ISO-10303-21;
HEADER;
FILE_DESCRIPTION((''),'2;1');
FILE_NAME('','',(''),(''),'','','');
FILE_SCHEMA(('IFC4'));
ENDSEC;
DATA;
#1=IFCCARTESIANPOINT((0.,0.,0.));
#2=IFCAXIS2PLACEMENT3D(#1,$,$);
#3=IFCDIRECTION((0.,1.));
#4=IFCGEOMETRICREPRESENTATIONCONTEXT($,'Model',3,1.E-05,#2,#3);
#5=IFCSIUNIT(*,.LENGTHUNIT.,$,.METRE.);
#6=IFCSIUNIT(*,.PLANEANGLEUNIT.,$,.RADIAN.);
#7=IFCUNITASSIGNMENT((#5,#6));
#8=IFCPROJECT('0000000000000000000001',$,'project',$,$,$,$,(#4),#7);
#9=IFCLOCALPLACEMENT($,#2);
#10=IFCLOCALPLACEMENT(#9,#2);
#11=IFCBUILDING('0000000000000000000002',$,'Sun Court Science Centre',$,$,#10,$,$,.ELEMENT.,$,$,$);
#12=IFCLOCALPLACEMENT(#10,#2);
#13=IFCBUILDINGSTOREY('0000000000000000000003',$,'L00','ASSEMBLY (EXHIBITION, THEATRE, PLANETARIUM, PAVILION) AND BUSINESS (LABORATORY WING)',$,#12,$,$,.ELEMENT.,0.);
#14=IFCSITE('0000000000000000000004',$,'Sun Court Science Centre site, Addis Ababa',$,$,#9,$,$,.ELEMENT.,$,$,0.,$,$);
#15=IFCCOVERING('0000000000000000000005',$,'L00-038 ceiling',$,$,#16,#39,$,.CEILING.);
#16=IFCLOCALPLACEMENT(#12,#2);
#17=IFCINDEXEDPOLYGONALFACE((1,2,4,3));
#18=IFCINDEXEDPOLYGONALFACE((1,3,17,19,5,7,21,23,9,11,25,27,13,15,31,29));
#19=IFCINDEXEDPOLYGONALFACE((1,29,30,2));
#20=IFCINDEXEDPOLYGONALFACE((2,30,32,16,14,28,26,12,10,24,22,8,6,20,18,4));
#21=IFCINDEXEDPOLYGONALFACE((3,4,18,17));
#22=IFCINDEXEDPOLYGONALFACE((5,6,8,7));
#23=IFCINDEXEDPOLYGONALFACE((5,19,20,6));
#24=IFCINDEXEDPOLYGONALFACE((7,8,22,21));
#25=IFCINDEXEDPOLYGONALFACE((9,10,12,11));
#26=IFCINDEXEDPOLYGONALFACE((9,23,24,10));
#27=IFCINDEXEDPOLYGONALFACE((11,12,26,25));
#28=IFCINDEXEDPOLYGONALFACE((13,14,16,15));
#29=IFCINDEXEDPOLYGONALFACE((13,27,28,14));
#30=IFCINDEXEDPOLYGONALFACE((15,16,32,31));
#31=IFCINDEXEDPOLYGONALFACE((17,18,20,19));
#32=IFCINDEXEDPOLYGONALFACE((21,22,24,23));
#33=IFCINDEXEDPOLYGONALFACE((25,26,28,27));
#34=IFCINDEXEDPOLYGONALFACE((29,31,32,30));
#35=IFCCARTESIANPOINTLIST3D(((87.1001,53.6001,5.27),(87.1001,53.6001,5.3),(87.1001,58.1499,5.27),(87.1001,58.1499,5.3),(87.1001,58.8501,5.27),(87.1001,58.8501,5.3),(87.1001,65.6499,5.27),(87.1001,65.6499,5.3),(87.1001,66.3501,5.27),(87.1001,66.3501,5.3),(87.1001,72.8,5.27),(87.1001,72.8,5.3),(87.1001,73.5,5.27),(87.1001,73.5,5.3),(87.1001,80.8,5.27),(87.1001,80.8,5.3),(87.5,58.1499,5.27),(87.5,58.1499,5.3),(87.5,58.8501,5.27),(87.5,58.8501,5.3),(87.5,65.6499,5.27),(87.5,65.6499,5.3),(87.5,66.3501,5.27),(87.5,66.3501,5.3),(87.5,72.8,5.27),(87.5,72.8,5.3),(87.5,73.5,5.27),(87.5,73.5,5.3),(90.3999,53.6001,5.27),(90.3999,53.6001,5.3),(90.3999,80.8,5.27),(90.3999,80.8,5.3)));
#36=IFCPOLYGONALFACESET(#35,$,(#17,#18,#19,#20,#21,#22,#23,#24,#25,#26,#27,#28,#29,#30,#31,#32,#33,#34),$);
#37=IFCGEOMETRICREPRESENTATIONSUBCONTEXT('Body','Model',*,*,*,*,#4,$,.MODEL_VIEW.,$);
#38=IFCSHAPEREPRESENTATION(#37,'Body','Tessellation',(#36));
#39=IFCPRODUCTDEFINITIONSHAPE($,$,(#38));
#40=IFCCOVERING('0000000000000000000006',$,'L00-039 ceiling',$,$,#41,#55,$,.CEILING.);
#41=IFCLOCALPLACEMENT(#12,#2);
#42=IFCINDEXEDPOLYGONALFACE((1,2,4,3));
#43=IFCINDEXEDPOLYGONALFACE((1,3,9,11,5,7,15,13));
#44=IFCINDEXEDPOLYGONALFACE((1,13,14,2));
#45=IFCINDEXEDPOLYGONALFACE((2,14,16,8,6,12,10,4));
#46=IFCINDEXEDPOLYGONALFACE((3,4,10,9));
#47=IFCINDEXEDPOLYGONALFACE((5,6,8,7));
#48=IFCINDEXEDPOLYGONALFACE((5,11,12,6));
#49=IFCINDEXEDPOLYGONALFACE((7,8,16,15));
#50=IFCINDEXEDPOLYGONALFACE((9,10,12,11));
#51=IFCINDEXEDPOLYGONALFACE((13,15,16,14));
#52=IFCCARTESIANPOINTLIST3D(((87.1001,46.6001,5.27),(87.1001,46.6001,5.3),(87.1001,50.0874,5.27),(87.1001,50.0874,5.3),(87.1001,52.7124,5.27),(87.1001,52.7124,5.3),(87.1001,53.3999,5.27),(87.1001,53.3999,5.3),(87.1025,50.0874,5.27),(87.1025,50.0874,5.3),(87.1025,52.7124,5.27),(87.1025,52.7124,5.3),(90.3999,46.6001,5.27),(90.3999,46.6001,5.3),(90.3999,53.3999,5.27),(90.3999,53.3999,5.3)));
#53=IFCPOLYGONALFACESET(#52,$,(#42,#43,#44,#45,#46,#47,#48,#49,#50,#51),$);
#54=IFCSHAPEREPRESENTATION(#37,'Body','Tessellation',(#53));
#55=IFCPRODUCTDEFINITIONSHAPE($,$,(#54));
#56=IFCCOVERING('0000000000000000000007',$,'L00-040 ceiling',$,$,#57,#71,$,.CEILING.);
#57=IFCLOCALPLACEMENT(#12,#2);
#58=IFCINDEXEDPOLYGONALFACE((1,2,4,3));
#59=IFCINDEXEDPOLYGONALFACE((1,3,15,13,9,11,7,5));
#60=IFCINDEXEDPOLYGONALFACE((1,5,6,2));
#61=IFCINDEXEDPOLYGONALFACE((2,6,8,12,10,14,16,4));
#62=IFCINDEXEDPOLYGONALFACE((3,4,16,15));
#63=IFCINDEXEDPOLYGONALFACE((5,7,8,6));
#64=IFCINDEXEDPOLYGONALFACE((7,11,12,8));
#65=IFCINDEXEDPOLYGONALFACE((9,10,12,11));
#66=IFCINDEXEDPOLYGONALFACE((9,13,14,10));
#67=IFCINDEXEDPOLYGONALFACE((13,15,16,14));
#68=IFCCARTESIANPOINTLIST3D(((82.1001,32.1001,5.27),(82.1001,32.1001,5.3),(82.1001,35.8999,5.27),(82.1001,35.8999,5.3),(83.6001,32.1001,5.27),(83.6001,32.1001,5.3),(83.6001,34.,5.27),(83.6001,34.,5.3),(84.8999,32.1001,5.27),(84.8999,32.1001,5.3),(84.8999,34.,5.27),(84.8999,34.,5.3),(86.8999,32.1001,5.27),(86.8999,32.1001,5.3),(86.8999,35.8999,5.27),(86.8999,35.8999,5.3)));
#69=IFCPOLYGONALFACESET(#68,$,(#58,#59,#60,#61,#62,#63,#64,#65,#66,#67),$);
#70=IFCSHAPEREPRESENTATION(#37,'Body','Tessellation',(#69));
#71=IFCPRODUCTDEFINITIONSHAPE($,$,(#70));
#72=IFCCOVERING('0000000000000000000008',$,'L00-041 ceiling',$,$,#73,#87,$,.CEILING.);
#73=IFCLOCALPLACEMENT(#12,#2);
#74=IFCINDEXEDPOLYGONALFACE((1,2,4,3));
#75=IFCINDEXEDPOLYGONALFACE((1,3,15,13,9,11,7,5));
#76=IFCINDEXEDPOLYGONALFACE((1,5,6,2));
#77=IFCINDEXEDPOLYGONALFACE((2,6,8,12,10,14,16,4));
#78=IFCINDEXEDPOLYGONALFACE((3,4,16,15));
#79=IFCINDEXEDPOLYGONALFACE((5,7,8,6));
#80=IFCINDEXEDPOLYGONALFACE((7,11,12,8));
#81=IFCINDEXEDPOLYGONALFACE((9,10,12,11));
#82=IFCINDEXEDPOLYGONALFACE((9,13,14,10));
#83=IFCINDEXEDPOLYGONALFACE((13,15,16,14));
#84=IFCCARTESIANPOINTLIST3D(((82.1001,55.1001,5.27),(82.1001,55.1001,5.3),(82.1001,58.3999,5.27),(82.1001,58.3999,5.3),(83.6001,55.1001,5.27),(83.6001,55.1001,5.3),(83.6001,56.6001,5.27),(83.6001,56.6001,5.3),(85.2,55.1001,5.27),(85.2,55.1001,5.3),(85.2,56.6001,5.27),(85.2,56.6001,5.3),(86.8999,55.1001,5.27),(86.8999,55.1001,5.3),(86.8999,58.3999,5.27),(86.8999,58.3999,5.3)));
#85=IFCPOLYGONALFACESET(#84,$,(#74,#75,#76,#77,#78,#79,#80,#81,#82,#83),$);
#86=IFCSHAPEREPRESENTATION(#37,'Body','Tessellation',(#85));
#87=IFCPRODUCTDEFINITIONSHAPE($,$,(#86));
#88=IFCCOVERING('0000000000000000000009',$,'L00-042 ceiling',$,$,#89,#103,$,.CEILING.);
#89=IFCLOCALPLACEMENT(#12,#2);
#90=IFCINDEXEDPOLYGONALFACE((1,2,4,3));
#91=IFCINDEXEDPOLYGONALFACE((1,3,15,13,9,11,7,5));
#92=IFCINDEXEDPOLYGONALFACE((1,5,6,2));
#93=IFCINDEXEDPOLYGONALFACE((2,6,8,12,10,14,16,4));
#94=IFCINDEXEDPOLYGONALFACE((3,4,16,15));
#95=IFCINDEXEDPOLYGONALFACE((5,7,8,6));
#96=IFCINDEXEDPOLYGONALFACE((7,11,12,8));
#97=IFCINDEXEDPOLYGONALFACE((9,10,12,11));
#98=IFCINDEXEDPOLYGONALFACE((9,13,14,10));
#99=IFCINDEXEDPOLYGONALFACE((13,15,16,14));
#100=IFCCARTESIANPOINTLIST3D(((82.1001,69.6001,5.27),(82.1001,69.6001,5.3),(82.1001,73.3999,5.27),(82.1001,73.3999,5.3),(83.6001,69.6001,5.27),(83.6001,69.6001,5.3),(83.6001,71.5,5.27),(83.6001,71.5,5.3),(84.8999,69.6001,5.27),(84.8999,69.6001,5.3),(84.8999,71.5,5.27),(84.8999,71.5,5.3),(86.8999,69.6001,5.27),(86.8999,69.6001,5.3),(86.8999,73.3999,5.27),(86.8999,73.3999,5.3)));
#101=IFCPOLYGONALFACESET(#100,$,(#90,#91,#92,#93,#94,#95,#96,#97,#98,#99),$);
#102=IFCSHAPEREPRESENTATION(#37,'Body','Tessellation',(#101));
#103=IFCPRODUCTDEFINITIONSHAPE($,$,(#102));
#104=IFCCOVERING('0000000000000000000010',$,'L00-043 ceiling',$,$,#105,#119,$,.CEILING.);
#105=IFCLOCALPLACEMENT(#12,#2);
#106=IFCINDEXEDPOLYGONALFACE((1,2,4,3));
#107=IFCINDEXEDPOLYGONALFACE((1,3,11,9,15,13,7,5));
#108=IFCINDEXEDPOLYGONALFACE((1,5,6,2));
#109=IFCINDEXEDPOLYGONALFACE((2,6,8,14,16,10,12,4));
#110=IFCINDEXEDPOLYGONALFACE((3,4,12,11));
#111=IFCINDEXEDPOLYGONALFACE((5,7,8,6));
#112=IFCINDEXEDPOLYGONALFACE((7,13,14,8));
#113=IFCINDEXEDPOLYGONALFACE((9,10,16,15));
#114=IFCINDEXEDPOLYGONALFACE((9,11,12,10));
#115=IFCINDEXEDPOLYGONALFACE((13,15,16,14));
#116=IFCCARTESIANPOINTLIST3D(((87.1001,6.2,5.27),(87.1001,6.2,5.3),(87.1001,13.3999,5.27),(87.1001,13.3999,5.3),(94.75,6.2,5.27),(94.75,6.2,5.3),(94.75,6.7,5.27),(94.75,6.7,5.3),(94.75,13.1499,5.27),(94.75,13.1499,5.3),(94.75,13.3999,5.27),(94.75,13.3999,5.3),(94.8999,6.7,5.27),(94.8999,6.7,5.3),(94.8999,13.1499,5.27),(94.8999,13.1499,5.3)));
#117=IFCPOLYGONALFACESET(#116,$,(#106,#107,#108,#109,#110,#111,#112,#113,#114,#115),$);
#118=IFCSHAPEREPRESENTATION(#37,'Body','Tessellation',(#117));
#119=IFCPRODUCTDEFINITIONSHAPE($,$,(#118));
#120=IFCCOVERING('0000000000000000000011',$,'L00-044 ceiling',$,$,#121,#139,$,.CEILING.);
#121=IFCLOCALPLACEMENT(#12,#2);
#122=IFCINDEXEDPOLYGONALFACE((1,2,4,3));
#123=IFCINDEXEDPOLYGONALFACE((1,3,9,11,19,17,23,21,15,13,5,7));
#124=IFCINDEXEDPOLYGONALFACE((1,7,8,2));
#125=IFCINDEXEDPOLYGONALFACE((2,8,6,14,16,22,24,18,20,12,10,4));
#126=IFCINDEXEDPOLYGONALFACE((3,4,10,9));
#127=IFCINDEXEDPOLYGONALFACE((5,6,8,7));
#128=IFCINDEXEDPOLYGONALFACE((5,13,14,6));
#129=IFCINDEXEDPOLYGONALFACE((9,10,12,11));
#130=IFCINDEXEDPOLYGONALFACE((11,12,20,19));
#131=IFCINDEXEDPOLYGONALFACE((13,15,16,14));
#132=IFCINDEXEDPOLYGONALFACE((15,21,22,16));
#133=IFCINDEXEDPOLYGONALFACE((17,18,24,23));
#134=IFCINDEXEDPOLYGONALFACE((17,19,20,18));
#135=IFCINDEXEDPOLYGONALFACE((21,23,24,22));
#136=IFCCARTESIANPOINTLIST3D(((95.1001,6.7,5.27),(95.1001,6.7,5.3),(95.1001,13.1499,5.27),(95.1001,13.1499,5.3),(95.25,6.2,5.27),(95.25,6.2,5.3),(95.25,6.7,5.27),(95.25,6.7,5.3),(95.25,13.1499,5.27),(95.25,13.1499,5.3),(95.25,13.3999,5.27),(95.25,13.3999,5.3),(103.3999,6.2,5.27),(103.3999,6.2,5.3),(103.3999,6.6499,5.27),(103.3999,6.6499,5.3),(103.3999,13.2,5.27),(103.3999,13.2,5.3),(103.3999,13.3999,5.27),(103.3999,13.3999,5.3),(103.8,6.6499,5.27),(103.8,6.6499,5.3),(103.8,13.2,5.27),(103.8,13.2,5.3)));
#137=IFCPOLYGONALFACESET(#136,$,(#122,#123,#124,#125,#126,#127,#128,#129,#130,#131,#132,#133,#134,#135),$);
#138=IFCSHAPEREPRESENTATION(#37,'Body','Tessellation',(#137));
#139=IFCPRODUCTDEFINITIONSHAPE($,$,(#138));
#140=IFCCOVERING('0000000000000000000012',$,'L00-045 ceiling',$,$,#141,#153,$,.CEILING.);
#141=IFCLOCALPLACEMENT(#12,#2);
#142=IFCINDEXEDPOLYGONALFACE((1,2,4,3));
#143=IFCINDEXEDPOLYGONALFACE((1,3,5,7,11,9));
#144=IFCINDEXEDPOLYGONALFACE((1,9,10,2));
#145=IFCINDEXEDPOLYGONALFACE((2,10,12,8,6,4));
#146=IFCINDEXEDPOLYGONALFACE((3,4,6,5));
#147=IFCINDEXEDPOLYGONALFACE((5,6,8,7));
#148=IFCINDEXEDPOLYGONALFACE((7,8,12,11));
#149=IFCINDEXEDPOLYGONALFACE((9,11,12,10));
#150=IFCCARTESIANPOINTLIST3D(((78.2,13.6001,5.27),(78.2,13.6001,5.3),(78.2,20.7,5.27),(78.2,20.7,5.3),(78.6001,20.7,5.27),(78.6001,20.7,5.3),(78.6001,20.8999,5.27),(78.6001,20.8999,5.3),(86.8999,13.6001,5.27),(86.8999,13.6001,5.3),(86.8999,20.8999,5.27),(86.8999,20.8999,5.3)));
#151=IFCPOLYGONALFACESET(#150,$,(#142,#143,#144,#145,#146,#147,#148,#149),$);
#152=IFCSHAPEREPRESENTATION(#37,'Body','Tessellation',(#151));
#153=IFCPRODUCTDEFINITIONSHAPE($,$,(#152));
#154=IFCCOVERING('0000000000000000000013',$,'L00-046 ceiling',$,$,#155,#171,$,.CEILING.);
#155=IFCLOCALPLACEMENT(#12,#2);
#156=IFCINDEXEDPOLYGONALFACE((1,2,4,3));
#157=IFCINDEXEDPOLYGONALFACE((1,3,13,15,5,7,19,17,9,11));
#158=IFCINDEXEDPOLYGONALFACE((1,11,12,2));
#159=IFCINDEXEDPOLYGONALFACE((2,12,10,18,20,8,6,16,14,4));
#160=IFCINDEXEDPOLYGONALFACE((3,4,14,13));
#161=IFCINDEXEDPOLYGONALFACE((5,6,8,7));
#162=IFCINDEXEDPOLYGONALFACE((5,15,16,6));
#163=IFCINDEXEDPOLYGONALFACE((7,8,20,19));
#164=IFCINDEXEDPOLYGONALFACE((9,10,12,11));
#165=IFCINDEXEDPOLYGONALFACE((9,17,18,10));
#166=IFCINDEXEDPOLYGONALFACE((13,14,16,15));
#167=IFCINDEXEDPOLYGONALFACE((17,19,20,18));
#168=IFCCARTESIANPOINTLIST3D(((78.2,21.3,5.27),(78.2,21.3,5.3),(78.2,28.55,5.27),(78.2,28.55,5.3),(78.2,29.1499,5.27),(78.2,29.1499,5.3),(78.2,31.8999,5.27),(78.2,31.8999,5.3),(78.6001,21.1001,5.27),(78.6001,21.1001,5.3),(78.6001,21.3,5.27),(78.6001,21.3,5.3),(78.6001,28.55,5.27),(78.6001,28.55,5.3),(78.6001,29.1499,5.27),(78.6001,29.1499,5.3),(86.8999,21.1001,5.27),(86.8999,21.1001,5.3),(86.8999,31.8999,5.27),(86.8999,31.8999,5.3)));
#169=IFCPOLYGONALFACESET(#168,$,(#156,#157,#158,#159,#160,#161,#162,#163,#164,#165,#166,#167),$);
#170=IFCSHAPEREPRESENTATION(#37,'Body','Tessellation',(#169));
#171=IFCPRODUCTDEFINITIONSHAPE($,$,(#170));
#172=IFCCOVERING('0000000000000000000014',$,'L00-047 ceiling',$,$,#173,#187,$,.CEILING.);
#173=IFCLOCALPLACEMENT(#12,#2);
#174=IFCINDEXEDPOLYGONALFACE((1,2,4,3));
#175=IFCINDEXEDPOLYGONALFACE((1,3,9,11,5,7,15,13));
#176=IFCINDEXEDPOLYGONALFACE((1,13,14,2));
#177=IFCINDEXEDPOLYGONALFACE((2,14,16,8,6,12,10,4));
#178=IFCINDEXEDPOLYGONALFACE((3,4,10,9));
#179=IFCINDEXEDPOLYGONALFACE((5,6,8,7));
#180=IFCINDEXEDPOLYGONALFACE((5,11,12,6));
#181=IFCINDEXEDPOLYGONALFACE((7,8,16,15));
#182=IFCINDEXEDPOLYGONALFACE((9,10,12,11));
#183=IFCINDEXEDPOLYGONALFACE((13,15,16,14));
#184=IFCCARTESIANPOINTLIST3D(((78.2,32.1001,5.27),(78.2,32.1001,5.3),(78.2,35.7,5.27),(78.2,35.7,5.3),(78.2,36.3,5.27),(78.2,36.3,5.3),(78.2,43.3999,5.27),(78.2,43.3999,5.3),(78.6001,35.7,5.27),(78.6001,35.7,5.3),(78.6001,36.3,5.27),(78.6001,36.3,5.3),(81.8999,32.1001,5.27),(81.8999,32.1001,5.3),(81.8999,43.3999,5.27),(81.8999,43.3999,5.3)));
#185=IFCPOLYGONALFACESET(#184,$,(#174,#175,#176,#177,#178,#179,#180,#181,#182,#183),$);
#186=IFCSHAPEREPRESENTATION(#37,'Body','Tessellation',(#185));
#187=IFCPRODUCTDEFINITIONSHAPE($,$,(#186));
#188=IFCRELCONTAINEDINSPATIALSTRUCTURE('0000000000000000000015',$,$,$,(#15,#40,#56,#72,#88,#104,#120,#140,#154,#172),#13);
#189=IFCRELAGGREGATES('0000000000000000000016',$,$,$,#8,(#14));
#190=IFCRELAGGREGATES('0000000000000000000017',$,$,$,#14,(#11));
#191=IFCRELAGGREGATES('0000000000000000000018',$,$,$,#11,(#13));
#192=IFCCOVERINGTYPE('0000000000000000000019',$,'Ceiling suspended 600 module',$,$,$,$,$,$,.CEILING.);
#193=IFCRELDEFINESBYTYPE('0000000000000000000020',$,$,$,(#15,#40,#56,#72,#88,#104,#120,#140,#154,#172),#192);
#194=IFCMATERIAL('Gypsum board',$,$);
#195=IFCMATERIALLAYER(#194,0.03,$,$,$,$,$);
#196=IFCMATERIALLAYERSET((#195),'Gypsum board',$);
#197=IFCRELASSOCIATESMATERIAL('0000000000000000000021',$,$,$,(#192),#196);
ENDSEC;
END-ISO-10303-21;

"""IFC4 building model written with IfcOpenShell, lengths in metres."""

from ifc_helpers import new_model, si_unit, direction, frame, origin, place, context, subcontext, project, spatial, polyline, outline, extrude, material, layer, layer_set, type_object, element, save


model = new_model("IFC4")

# Units and contexts
model_context = context("Model", 3, precision=1e-05, world=origin(), true_north=direction((0.0, 1.0)))
body_context = subcontext(model_context, "Body", "Model", "MODEL_VIEW")
ifc_project = project(units=[si_unit("LENGTHUNIT", "METRE"), si_unit("PLANEANGLEUNIT", "RADIAN")], contexts=[model_context])

# Site, building, storey
site_placement = place(None, origin())
site = spatial("IfcSite", under=ifc_project, at=site_placement, Name="Sun Court Science Centre site, Addis Ababa", CompositionType="ELEMENT", RefElevation=0.0)
building_placement = place(site_placement, origin())
building = spatial("IfcBuilding", under=site, at=building_placement, Name="Sun Court Science Centre", CompositionType="ELEMENT")
storey_placement = place(building_placement, origin())
storey = spatial("IfcBuildingStorey", under=building, at=storey_placement, Name="L00", Description="ASSEMBLY (EXHIBITION, THEATRE, PLANETARIUM, PAVILION) AND BUSINESS (LABORATORY WING)", CompositionType="ELEMENT", Elevation=0.0)

# Coverings
ifc_material_1 = material(Name="Gypsum board")
ifc_layer_1 = layer(ifc_material_1, 0.03)
ifc_layer_set_1 = layer_set([ifc_layer_1], Name="Gypsum board")
covering_type_1 = type_object("IfcCoveringType", Name="Ceiling suspended 600 module", PredefinedType="CEILING", material=ifc_layer_set_1)
covering_1_placement = place(storey_placement, frame((0.0, 0.0, 5.27)))
element("IfcCovering", 1, at=covering_1_placement, inside=storey, type_object=covering_type_1, Name="L00-038 ceiling", PredefinedType="CEILING", context=body_context, shape_type="SweptSolid", body=[
    extrude(outline(polyline([(90.3999, 80.8), (90.3999, 53.6001), (87.1001, 53.6001), (87.1001, 58.1499), (87.5, 58.1499), (87.5, 58.8501), (87.1001, 58.8501), (87.1001, 65.6499), (87.5, 65.6499), (87.5, 66.3501), (87.1001, 66.3501), (87.1001, 72.8), (87.5, 72.8), (87.5, 73.5), (87.1001, 73.5), (87.1001, 80.8), (90.3999, 80.8)])), origin(), (0.0, 0.0, 1.0), 0.03),
])
covering_2_placement = place(storey_placement, frame((0.0, 0.0, 5.27)))
element("IfcCovering", 2, at=covering_2_placement, inside=storey, type_object=covering_type_1, Name="L00-039 ceiling", PredefinedType="CEILING", context=body_context, shape_type="SweptSolid", body=[
    extrude(outline(polyline([(87.1001, 53.3999), (90.3999, 53.3999), (90.3999, 46.6001), (87.1001, 46.6001), (87.1001, 50.0874), (87.1025, 50.0874), (87.1025, 52.7124), (87.1001, 52.7124), (87.1001, 53.3999)])), origin(), (0.0, 0.0, 1.0), 0.03),
])
covering_3_placement = place(storey_placement, frame((0.0, 0.0, 5.27)))
element("IfcCovering", 3, at=covering_3_placement, inside=storey, type_object=covering_type_1, Name="L00-040 ceiling", PredefinedType="CEILING", context=body_context, shape_type="SweptSolid", body=[
    extrude(outline(polyline([(84.8999, 34.0), (83.6001, 34.0), (83.6001, 32.1001), (82.1001, 32.1001), (82.1001, 35.8999), (86.8999, 35.8999), (86.8999, 32.1001), (84.8999, 32.1001), (84.8999, 34.0)])), origin(), (0.0, 0.0, 1.0), 0.03),
])
covering_4_placement = place(storey_placement, frame((0.0, 0.0, 5.27)))
element("IfcCovering", 4, at=covering_4_placement, inside=storey, type_object=covering_type_1, Name="L00-041 ceiling", PredefinedType="CEILING", context=body_context, shape_type="SweptSolid", body=[
    extrude(outline(polyline([(85.2, 56.6001), (83.6001, 56.6001), (83.6001, 55.1001), (82.1001, 55.1001), (82.1001, 58.3999), (86.8999, 58.3999), (86.8999, 55.1001), (85.2, 55.1001), (85.2, 56.6001)])), origin(), (0.0, 0.0, 1.0), 0.03),
])
covering_5_placement = place(storey_placement, frame((0.0, 0.0, 5.27)))
element("IfcCovering", 5, at=covering_5_placement, inside=storey, type_object=covering_type_1, Name="L00-042 ceiling", PredefinedType="CEILING", context=body_context, shape_type="SweptSolid", body=[
    extrude(outline(polyline([(84.8999, 71.5), (83.6001, 71.5), (83.6001, 69.6001), (82.1001, 69.6001), (82.1001, 73.3999), (86.8999, 73.3999), (86.8999, 69.6001), (84.8999, 69.6001), (84.8999, 71.5)])), origin(), (0.0, 0.0, 1.0), 0.03),
])
covering_6_placement = place(storey_placement, frame((0.0, 0.0, 5.27)))
element("IfcCovering", 6, at=covering_6_placement, inside=storey, type_object=covering_type_1, Name="L00-043 ceiling", PredefinedType="CEILING", context=body_context, shape_type="SweptSolid", body=[
    extrude(outline(polyline([(87.1001, 6.2), (87.1001, 13.3999), (94.75, 13.3999), (94.75, 13.1499), (94.8999, 13.1499), (94.8999, 6.7), (94.75, 6.7), (94.75, 6.2), (87.1001, 6.2)])), origin(), (0.0, 0.0, 1.0), 0.03),
])
covering_7_placement = place(storey_placement, frame((0.0, 0.0, 5.27)))
element("IfcCovering", 7, at=covering_7_placement, inside=storey, type_object=covering_type_1, Name="L00-044 ceiling", PredefinedType="CEILING", context=body_context, shape_type="SweptSolid", body=[
    extrude(outline(polyline([(103.3999, 6.2), (95.25, 6.2), (95.25, 6.7), (95.1001, 6.7), (95.1001, 13.1499), (95.25, 13.1499), (95.25, 13.3999), (103.3999, 13.3999), (103.3999, 13.2), (103.8, 13.2), (103.8, 6.6499), (103.3999, 6.6499), (103.3999, 6.2)])), origin(), (0.0, 0.0, 1.0), 0.03),
])
covering_8_placement = place(storey_placement, frame((0.0, 0.0, 5.27)))
element("IfcCovering", 8, at=covering_8_placement, inside=storey, type_object=covering_type_1, Name="L00-045 ceiling", PredefinedType="CEILING", context=body_context, shape_type="SweptSolid", body=[
    extrude(outline(polyline([(78.6001, 20.8999), (86.8999, 20.8999), (86.8999, 13.6001), (78.2, 13.6001), (78.2, 20.7), (78.6001, 20.7), (78.6001, 20.8999)])), origin(), (0.0, 0.0, 1.0), 0.03),
])
covering_9_placement = place(storey_placement, frame((0.0, 0.0, 5.27)))
element("IfcCovering", 9, at=covering_9_placement, inside=storey, type_object=covering_type_1, Name="L00-046 ceiling", PredefinedType="CEILING", context=body_context, shape_type="SweptSolid", body=[
    extrude(outline(polyline([(78.2, 31.8999), (86.8999, 31.8999), (86.8999, 21.1001), (78.6001, 21.1001), (78.6001, 21.3), (78.2, 21.3), (78.2, 28.55), (78.6001, 28.55), (78.6001, 29.1499), (78.2, 29.1499), (78.2, 31.8999)])), origin(), (0.0, 0.0, 1.0), 0.03),
])
covering_10_placement = place(storey_placement, frame((0.0, 0.0, 5.27)))
element("IfcCovering", 10, at=covering_10_placement, inside=storey, type_object=covering_type_1, Name="L00-047 ceiling", PredefinedType="CEILING", context=body_context, shape_type="SweptSolid", body=[
    extrude(outline(polyline([(78.2, 43.3999), (81.8999, 43.3999), (81.8999, 32.1001), (78.2, 32.1001), (78.2, 35.7), (78.6001, 35.7), (78.6001, 36.3), (78.2, 36.3), (78.2, 43.3999)])), origin(), (0.0, 0.0, 1.0), 0.03),
])

save(model, "model.ifc")
